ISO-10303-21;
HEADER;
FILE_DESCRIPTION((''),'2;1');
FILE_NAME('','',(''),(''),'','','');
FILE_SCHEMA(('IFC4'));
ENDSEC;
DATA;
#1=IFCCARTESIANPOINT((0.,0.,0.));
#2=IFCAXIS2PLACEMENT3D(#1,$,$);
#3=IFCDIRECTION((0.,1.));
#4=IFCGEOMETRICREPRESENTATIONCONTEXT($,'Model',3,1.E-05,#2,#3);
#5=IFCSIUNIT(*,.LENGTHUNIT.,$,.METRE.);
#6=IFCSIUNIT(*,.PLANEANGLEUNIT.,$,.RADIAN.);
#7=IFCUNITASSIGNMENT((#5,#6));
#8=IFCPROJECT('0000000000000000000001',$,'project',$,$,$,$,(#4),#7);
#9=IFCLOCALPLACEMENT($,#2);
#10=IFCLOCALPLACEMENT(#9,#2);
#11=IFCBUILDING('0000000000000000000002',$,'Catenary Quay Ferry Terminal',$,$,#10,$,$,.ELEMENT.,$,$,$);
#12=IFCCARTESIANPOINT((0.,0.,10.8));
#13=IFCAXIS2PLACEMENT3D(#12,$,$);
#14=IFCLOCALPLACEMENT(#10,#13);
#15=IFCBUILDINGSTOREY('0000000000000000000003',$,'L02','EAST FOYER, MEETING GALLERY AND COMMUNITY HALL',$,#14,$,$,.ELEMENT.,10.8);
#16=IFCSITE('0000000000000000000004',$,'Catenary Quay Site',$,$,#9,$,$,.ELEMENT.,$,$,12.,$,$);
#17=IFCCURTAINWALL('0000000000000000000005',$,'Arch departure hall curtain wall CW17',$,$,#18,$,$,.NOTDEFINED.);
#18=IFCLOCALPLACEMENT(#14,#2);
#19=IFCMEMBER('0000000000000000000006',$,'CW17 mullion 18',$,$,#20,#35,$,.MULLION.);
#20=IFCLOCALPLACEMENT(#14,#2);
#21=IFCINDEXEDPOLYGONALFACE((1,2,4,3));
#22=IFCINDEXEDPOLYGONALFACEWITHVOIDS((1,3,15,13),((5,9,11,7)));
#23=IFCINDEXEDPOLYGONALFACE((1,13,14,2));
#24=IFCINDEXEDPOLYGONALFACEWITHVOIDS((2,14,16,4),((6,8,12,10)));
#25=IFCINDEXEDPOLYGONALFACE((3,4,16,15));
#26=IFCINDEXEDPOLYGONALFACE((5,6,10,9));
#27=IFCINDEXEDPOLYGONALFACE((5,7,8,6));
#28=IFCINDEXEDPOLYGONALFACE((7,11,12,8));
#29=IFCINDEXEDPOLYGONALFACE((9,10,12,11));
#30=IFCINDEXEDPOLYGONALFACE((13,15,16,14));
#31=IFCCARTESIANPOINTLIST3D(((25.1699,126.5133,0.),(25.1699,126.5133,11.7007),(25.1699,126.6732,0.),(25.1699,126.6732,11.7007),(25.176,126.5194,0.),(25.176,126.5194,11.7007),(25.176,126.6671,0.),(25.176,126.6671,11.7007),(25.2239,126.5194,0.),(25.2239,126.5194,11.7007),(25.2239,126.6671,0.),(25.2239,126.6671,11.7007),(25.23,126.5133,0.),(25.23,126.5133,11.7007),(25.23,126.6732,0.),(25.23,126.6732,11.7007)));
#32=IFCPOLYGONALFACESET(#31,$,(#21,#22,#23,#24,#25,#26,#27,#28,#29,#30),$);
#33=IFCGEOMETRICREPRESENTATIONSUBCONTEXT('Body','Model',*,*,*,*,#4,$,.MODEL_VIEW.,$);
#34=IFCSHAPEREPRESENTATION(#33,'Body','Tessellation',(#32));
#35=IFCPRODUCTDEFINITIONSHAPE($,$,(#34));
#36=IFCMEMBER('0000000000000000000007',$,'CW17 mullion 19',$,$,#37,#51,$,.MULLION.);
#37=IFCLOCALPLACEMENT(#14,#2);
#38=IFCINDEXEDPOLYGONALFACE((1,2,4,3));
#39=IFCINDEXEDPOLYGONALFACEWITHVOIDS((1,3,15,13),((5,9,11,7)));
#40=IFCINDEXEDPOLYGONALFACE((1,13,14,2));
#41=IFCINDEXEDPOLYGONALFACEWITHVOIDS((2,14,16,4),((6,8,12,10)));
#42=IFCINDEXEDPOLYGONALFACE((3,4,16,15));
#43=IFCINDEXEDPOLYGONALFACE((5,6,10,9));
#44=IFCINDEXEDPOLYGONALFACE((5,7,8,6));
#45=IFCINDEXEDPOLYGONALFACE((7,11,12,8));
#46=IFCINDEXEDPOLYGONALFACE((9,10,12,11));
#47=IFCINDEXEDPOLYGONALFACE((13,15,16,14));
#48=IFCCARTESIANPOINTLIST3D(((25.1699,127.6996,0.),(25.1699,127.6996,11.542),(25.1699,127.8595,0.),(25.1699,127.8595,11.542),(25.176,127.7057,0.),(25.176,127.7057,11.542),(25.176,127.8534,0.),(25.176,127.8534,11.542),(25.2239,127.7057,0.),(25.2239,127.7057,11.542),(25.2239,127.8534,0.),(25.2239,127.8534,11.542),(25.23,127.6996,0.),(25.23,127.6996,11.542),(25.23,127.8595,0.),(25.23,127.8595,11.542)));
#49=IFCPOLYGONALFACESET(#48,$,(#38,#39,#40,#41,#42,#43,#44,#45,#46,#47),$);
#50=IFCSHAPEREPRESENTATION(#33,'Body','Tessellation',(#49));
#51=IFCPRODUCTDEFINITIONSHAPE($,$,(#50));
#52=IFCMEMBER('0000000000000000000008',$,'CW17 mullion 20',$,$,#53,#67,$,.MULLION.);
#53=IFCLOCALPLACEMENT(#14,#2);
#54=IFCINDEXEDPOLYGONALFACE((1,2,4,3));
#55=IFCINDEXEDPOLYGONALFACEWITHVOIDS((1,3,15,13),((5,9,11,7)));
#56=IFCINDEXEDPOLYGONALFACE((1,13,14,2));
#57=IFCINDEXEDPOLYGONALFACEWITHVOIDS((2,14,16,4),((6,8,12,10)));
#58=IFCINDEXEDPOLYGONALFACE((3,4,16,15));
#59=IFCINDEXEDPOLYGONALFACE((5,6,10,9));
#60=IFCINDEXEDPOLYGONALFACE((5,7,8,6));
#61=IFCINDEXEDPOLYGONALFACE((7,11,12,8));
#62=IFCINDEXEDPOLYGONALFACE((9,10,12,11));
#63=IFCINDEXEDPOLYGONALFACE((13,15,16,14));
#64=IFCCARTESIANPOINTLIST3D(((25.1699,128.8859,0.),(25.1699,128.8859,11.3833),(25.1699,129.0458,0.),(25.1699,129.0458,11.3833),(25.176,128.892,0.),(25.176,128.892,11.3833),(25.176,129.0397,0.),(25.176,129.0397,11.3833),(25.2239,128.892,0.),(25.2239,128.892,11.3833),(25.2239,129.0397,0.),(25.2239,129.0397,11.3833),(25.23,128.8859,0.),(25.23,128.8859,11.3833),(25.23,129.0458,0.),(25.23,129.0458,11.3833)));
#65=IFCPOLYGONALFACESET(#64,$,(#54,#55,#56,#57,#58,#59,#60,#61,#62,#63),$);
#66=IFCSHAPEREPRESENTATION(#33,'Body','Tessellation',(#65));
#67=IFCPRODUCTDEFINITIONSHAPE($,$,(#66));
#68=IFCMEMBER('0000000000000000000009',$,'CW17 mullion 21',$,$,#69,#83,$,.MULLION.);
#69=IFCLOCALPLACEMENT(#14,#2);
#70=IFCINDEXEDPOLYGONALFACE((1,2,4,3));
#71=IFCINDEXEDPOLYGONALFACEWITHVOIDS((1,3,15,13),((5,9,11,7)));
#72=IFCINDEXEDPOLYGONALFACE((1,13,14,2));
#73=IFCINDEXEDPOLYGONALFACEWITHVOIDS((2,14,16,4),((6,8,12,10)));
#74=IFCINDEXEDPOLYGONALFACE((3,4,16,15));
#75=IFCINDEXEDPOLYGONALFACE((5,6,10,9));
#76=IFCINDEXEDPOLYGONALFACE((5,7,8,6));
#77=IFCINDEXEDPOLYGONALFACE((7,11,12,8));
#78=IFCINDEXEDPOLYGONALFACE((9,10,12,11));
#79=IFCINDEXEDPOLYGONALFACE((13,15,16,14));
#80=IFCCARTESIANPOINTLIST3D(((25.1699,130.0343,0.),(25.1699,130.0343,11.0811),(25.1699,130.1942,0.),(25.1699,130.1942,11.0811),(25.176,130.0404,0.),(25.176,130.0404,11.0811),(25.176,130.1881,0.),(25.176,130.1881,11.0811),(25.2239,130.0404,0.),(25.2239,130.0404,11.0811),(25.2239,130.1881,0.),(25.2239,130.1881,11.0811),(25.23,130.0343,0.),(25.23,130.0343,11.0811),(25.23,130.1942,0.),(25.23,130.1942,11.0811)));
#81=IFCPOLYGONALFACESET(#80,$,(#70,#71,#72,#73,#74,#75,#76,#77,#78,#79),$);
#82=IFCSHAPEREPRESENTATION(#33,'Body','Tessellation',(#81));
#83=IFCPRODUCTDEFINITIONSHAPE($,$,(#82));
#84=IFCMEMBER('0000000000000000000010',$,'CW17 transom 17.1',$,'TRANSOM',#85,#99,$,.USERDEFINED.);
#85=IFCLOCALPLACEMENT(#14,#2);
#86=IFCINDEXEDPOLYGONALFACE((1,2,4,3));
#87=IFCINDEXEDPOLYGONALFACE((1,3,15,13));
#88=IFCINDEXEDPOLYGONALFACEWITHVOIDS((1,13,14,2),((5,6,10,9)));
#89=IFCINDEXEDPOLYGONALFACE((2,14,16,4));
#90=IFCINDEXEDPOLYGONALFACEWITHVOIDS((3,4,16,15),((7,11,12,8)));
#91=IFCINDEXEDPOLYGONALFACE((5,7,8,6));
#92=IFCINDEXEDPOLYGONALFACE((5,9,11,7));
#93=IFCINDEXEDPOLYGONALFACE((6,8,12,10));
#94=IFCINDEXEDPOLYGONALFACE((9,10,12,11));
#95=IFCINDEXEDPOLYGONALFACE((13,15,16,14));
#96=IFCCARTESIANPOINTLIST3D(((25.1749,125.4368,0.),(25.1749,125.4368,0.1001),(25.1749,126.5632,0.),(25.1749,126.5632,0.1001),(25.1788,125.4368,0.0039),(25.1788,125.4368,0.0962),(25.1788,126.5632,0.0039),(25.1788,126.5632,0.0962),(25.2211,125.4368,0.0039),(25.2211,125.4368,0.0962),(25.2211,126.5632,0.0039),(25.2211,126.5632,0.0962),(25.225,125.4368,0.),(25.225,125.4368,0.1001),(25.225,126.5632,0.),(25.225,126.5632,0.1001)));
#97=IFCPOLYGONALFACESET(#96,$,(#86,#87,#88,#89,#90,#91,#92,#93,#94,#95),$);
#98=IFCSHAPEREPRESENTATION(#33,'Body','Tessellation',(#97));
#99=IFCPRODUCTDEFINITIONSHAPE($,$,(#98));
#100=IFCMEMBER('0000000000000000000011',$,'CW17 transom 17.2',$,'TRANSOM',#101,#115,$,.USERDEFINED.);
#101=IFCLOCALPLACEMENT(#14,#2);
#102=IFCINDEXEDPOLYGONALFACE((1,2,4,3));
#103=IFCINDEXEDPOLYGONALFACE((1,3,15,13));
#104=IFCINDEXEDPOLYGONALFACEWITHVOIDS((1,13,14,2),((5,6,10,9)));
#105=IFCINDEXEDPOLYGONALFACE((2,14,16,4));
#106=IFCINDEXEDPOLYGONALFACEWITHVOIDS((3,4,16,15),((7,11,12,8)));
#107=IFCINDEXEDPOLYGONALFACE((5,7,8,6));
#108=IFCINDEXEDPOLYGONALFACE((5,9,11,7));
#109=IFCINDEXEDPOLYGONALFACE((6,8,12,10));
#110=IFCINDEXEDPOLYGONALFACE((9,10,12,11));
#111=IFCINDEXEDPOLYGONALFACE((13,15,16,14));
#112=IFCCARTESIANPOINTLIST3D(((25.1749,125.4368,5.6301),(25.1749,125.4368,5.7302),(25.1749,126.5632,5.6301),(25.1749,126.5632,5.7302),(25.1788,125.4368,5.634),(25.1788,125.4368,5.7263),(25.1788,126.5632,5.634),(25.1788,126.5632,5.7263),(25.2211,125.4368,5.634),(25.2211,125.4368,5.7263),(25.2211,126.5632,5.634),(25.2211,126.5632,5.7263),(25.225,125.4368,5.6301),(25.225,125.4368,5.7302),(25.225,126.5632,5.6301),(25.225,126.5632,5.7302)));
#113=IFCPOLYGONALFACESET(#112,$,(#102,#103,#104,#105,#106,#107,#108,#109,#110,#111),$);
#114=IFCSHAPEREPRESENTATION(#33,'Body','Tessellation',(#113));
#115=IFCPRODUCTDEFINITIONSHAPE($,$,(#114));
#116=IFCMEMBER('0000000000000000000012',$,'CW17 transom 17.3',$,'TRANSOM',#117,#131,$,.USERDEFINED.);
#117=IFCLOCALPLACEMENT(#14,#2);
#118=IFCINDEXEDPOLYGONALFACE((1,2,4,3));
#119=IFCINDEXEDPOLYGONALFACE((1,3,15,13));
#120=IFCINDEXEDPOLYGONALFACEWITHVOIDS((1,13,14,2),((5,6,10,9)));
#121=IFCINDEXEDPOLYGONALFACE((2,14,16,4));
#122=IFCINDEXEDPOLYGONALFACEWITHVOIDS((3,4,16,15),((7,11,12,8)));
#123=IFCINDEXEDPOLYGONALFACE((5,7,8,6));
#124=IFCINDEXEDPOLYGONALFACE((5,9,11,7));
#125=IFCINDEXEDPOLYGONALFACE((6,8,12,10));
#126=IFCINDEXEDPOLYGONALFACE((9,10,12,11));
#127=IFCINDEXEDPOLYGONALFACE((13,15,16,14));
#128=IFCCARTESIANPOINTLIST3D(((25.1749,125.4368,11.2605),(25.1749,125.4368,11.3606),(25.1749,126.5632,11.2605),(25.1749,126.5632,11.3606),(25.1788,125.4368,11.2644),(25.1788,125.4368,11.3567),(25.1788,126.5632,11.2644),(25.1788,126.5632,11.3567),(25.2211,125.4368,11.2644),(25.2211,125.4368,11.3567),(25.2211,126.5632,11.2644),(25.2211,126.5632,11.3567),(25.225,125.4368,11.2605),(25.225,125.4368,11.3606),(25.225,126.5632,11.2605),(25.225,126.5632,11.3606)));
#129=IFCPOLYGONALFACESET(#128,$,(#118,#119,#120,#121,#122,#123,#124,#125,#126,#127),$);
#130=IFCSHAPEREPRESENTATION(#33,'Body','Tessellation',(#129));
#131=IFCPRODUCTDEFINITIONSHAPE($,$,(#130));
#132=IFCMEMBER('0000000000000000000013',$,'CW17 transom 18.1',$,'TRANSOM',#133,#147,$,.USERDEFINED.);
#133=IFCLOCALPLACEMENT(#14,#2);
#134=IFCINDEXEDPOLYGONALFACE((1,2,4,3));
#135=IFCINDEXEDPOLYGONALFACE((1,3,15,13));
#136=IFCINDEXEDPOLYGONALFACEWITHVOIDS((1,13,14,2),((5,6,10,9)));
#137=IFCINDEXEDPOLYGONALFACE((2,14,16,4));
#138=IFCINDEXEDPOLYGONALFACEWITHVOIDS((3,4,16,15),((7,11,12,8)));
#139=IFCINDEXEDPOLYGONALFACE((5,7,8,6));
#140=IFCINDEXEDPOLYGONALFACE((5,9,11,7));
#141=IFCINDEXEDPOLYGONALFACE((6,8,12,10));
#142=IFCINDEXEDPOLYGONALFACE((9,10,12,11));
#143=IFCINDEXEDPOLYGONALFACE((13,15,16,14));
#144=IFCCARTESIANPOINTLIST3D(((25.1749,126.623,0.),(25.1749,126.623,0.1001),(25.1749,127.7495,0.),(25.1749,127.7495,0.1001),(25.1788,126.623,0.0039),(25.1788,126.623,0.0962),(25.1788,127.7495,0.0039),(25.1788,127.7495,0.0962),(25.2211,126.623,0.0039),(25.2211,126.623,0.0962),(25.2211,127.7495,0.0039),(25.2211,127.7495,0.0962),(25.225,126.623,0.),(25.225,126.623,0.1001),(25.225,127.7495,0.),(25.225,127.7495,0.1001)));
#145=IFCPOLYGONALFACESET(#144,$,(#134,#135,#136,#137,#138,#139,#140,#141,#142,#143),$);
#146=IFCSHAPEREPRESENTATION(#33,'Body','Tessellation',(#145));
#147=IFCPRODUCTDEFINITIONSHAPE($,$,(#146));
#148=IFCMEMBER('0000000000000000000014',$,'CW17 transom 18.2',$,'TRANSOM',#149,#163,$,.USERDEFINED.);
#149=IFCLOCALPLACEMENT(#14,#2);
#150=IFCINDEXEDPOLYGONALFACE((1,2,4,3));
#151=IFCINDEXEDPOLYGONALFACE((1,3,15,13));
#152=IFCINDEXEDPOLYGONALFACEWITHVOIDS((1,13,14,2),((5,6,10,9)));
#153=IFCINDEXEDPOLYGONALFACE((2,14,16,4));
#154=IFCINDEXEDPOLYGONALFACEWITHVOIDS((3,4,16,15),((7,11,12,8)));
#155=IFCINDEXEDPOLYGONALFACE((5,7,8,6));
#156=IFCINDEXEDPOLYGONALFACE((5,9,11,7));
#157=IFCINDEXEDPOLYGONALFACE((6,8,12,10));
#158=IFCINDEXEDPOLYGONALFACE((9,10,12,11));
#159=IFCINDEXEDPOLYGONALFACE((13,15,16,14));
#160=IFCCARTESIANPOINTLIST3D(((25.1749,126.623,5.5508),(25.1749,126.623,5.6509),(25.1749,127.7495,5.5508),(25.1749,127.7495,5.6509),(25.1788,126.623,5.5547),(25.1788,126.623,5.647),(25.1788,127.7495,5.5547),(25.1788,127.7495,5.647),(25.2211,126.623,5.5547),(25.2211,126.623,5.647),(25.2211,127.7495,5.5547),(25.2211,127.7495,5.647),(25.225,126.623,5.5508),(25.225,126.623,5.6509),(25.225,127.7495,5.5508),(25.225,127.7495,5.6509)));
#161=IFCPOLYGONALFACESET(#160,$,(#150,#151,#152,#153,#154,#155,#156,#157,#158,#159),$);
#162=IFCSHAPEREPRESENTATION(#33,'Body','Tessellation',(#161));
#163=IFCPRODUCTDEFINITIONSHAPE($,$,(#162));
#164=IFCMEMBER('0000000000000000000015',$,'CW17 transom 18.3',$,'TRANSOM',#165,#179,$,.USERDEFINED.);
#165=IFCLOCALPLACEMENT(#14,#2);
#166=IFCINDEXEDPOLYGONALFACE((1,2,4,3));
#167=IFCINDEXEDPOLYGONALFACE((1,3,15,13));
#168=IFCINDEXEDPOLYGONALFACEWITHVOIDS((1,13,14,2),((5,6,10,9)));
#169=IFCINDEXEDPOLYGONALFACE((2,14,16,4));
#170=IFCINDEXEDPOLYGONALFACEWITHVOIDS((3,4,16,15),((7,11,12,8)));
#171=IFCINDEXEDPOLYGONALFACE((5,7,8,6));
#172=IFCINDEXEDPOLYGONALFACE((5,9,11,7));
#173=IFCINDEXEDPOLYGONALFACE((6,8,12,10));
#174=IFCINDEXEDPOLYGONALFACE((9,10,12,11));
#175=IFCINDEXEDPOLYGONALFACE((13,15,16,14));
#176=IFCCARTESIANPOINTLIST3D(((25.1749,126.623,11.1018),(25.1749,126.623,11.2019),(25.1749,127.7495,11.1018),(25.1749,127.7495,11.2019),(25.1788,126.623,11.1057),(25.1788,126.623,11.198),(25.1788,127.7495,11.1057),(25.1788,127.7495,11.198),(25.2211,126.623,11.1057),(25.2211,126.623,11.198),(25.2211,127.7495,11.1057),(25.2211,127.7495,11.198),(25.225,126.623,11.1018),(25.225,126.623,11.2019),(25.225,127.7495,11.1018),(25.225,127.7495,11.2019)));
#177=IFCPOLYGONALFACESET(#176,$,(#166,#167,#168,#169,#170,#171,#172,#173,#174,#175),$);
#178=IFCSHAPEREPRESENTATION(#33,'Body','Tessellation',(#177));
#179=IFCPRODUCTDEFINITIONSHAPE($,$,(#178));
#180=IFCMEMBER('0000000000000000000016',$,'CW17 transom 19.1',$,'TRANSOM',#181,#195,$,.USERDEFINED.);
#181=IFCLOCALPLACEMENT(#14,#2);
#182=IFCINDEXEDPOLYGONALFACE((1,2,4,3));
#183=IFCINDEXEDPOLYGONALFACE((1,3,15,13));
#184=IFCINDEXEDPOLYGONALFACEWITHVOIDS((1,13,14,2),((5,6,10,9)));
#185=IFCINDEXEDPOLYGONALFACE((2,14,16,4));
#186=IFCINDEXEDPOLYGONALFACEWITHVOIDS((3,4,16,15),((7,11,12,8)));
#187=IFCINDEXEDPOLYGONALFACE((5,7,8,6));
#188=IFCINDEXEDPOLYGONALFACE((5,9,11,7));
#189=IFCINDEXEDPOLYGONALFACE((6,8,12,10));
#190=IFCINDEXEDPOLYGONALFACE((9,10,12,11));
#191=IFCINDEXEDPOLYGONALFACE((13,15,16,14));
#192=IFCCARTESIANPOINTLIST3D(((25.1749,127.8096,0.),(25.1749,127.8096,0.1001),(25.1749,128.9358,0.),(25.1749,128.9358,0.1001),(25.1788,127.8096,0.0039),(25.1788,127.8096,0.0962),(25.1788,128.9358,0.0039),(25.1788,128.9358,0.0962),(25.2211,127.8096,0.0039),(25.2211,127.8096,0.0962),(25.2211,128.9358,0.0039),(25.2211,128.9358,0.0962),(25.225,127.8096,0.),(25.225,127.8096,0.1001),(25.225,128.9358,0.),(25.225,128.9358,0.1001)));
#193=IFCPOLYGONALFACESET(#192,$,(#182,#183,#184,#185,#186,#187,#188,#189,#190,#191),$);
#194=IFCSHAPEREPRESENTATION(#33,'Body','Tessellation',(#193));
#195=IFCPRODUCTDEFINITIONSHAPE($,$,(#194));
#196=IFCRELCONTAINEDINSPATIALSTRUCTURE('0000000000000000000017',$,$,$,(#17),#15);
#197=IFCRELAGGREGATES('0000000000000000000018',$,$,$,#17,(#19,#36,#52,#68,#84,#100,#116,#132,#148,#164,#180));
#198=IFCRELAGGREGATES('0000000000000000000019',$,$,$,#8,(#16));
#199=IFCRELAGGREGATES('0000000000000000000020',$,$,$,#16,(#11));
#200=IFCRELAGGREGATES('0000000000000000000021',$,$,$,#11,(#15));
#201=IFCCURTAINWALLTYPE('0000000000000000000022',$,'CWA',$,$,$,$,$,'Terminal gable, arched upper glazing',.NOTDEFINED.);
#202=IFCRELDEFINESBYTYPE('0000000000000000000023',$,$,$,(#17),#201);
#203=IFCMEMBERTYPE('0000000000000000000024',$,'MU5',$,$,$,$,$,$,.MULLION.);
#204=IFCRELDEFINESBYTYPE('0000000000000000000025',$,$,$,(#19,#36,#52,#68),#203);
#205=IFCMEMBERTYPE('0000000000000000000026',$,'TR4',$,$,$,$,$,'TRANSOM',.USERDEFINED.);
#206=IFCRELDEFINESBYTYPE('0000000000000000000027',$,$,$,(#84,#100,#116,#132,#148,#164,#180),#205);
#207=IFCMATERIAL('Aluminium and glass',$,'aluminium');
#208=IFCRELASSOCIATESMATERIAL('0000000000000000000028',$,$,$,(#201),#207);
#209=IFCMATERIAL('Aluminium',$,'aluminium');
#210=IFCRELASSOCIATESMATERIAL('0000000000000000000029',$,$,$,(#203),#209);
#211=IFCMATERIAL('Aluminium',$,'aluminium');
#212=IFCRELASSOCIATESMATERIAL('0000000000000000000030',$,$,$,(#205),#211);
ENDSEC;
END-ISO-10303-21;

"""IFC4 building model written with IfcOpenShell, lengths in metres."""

from ifc_helpers import new_model, si_unit, direction, frame, origin, origin_2d, place, context, subcontext, project, spatial, hollow_rectangle, extrude, material, material_profile, profile_set, type_object, element, aggregate, save


model = new_model("IFC4")

# Units and contexts
model_context = context("Model", 3, precision=1e-05, world=origin(), true_north=direction((0.0, 1.0)))
body_context = subcontext(model_context, "Body", "Model", "MODEL_VIEW")
ifc_project = project(units=[si_unit("LENGTHUNIT", "METRE"), si_unit("PLANEANGLEUNIT", "RADIAN")], contexts=[model_context])

# Site, building, storey
site_placement = place(None, origin())
site = spatial("IfcSite", under=ifc_project, at=site_placement, Name="Catenary Quay Site", CompositionType="ELEMENT", RefElevation=12.0)
building_placement = place(site_placement, origin())
building = spatial("IfcBuilding", under=site, at=building_placement, Name="Catenary Quay Ferry Terminal", CompositionType="ELEMENT")
storey_placement = place(building_placement, frame((0.0, 0.0, 10.8)))
storey = spatial("IfcBuildingStorey", under=building, at=storey_placement, Name="L02", Description="EAST FOYER, MEETING GALLERY AND COMMUNITY HALL", CompositionType="ELEMENT", Elevation=10.8)

# Curtain wall, members
ifc_material_1 = material(Name="Aluminium and glass", Category="aluminium")
curtain_wall_type = type_object("IfcCurtainWallType", Name="CWA", ElementType="Terminal gable, arched upper glazing", PredefinedType="NOTDEFINED", material=ifc_material_1)
curtain_wall_placement = place(storey_placement, origin())
curtain_wall = element("IfcCurtainWall", 1, at=curtain_wall_placement, inside=storey, type_object=curtain_wall_type, Name="Arch departure hall curtain wall CW17", PredefinedType="NOTDEFINED")
ifc_material_2 = material(Name="Aluminium", Category="aluminium")
ifc_material_profile_1 = material_profile(ifc_material_2, hollow_rectangle(XDim=0.0601, YDim=0.1599, WallThickness=0.0061, at=origin_2d()), Name="MU5")
ifc_profile_set_1 = profile_set([ifc_material_profile_1], Name="Aluminium")
member_type_1 = type_object("IfcMemberType", Name="MU5", PredefinedType="MULLION", material=ifc_profile_set_1)
member_1_placement = place(storey_placement, frame((25.2, 126.5933, 0.0), z_axis=(0.0, 0.0, 1.0), x_axis=(-1.0, 0.0, 0.0)))
member_1 = element("IfcMember", 2, at=member_1_placement, type_object=member_type_1, Name="CW17 mullion 18", PredefinedType="MULLION", context=body_context, shape_type="SweptSolid", body=[
    extrude(hollow_rectangle(XDim=0.0601, YDim=0.1599, WallThickness=0.0061, at=origin_2d()), origin(), (0.0, 0.0, 1.0), 11.7007),
])
member_2_placement = place(storey_placement, frame((25.2, 127.7795, 0.0), z_axis=(0.0, 0.0, 1.0), x_axis=(-1.0, 0.0, 0.0)))
member_2 = element("IfcMember", 3, at=member_2_placement, type_object=member_type_1, Name="CW17 mullion 19", PredefinedType="MULLION", context=body_context, shape_type="SweptSolid", body=[
    extrude(hollow_rectangle(XDim=0.0601, YDim=0.1599, WallThickness=0.0061, at=origin_2d()), origin(), (0.0, 0.0, 1.0), 11.542),
])
member_3_placement = place(storey_placement, frame((25.2, 128.9658, 0.0), z_axis=(0.0, 0.0, 1.0), x_axis=(-1.0, 0.0, 0.0)))
member_3 = element("IfcMember", 4, at=member_3_placement, type_object=member_type_1, Name="CW17 mullion 20", PredefinedType="MULLION", context=body_context, shape_type="SweptSolid", body=[
    extrude(hollow_rectangle(XDim=0.0601, YDim=0.1599, WallThickness=0.0061, at=origin_2d()), origin(), (0.0, 0.0, 1.0), 11.3833),
])
member_4_placement = place(storey_placement, frame((25.2, 130.1143, 0.0), z_axis=(0.0, 0.0, 1.0), x_axis=(-1.0, 0.0, 0.0)))
member_4 = element("IfcMember", 5, at=member_4_placement, type_object=member_type_1, Name="CW17 mullion 21", PredefinedType="MULLION", context=body_context, shape_type="SweptSolid", body=[
    extrude(hollow_rectangle(XDim=0.0601, YDim=0.1599, WallThickness=0.0061, at=origin_2d()), origin(), (0.0, 0.0, 1.0), 11.0811),
])
ifc_material_3 = material(Name="Aluminium", Category="aluminium")
ifc_material_profile_2 = material_profile(ifc_material_3, hollow_rectangle(XDim=0.05, YDim=0.1001, WallThickness=0.0039, at=origin_2d()), Name="TR4")
ifc_profile_set_2 = profile_set([ifc_material_profile_2], Name="Aluminium")
member_type_2 = type_object("IfcMemberType", Name="TR4", ElementType="TRANSOM", PredefinedType="USERDEFINED", material=ifc_profile_set_2)
member_5_placement = place(storey_placement, frame((25.2, 125.4368, 0.05), z_axis=(0.0, 1.0, 0.0), x_axis=(-1.0, 0.0, 0.0)))
member_5 = element("IfcMember", 6, at=member_5_placement, type_object=member_type_2, Name="CW17 transom 17.1", ObjectType="TRANSOM", PredefinedType="USERDEFINED", context=body_context, shape_type="SweptSolid", body=[
    extrude(hollow_rectangle(XDim=0.05, YDim=0.1001, WallThickness=0.0039, at=origin_2d()), origin(), (0.0, 0.0, 1.0), 1.1265),
])
member_6_placement = place(storey_placement, frame((25.2, 125.4368, 5.6802), z_axis=(0.0, 1.0, 0.0), x_axis=(-1.0, 0.0, 0.0)))
member_6 = element("IfcMember", 7, at=member_6_placement, type_object=member_type_2, Name="CW17 transom 17.2", ObjectType="TRANSOM", PredefinedType="USERDEFINED", context=body_context, shape_type="SweptSolid", body=[
    extrude(hollow_rectangle(XDim=0.05, YDim=0.1001, WallThickness=0.0039, at=origin_2d()), origin(), (0.0, 0.0, 1.0), 1.1265),
])
member_7_placement = place(storey_placement, frame((25.2, 125.4368, 11.3105), z_axis=(0.0, 1.0, 0.0), x_axis=(-1.0, 0.0, 0.0)))
member_7 = element("IfcMember", 8, at=member_7_placement, type_object=member_type_2, Name="CW17 transom 17.3", ObjectType="TRANSOM", PredefinedType="USERDEFINED", context=body_context, shape_type="SweptSolid", body=[
    extrude(hollow_rectangle(XDim=0.05, YDim=0.1001, WallThickness=0.0039, at=origin_2d()), origin(), (0.0, 0.0, 1.0), 1.1265),
])
member_8_placement = place(storey_placement, frame((25.2, 126.623, 0.05), z_axis=(0.0, 1.0, 0.0), x_axis=(-1.0, 0.0, 0.0)))
member_8 = element("IfcMember", 9, at=member_8_placement, type_object=member_type_2, Name="CW17 transom 18.1", ObjectType="TRANSOM", PredefinedType="USERDEFINED", context=body_context, shape_type="SweptSolid", body=[
    extrude(hollow_rectangle(XDim=0.05, YDim=0.1001, WallThickness=0.0039, at=origin_2d()), origin(), (0.0, 0.0, 1.0), 1.1265),
])
member_9_placement = place(storey_placement, frame((25.2, 126.623, 5.6008), z_axis=(0.0, 1.0, 0.0), x_axis=(-1.0, 0.0, 0.0)))
member_9 = element("IfcMember", 10, at=member_9_placement, type_object=member_type_2, Name="CW17 transom 18.2", ObjectType="TRANSOM", PredefinedType="USERDEFINED", context=body_context, shape_type="SweptSolid", body=[
    extrude(hollow_rectangle(XDim=0.05, YDim=0.1001, WallThickness=0.0039, at=origin_2d()), origin(), (0.0, 0.0, 1.0), 1.1265),
])
member_10_placement = place(storey_placement, frame((25.2, 126.623, 11.1519), z_axis=(0.0, 1.0, 0.0), x_axis=(-1.0, 0.0, 0.0)))
member_10 = element("IfcMember", 11, at=member_10_placement, type_object=member_type_2, Name="CW17 transom 18.3", ObjectType="TRANSOM", PredefinedType="USERDEFINED", context=body_context, shape_type="SweptSolid", body=[
    extrude(hollow_rectangle(XDim=0.05, YDim=0.1001, WallThickness=0.0039, at=origin_2d()), origin(), (0.0, 0.0, 1.0), 1.1265),
])
member_11_placement = place(storey_placement, frame((25.2, 127.8096, 0.05), z_axis=(0.0, 1.0, 0.0), x_axis=(-1.0, 0.0, 0.0)))
member_11 = element("IfcMember", 12, at=member_11_placement, type_object=member_type_2, Name="CW17 transom 19.1", ObjectType="TRANSOM", PredefinedType="USERDEFINED", context=body_context, shape_type="SweptSolid", body=[
    extrude(hollow_rectangle(XDim=0.05, YDim=0.1001, WallThickness=0.0039, at=origin_2d()), origin(), (0.0, 0.0, 1.0), 1.1262),
])
aggregate(curtain_wall, [member_1, member_2, member_3, member_4, member_5, member_6, member_7, member_8, member_9, member_10, member_11])

save(model, "model.ifc")
